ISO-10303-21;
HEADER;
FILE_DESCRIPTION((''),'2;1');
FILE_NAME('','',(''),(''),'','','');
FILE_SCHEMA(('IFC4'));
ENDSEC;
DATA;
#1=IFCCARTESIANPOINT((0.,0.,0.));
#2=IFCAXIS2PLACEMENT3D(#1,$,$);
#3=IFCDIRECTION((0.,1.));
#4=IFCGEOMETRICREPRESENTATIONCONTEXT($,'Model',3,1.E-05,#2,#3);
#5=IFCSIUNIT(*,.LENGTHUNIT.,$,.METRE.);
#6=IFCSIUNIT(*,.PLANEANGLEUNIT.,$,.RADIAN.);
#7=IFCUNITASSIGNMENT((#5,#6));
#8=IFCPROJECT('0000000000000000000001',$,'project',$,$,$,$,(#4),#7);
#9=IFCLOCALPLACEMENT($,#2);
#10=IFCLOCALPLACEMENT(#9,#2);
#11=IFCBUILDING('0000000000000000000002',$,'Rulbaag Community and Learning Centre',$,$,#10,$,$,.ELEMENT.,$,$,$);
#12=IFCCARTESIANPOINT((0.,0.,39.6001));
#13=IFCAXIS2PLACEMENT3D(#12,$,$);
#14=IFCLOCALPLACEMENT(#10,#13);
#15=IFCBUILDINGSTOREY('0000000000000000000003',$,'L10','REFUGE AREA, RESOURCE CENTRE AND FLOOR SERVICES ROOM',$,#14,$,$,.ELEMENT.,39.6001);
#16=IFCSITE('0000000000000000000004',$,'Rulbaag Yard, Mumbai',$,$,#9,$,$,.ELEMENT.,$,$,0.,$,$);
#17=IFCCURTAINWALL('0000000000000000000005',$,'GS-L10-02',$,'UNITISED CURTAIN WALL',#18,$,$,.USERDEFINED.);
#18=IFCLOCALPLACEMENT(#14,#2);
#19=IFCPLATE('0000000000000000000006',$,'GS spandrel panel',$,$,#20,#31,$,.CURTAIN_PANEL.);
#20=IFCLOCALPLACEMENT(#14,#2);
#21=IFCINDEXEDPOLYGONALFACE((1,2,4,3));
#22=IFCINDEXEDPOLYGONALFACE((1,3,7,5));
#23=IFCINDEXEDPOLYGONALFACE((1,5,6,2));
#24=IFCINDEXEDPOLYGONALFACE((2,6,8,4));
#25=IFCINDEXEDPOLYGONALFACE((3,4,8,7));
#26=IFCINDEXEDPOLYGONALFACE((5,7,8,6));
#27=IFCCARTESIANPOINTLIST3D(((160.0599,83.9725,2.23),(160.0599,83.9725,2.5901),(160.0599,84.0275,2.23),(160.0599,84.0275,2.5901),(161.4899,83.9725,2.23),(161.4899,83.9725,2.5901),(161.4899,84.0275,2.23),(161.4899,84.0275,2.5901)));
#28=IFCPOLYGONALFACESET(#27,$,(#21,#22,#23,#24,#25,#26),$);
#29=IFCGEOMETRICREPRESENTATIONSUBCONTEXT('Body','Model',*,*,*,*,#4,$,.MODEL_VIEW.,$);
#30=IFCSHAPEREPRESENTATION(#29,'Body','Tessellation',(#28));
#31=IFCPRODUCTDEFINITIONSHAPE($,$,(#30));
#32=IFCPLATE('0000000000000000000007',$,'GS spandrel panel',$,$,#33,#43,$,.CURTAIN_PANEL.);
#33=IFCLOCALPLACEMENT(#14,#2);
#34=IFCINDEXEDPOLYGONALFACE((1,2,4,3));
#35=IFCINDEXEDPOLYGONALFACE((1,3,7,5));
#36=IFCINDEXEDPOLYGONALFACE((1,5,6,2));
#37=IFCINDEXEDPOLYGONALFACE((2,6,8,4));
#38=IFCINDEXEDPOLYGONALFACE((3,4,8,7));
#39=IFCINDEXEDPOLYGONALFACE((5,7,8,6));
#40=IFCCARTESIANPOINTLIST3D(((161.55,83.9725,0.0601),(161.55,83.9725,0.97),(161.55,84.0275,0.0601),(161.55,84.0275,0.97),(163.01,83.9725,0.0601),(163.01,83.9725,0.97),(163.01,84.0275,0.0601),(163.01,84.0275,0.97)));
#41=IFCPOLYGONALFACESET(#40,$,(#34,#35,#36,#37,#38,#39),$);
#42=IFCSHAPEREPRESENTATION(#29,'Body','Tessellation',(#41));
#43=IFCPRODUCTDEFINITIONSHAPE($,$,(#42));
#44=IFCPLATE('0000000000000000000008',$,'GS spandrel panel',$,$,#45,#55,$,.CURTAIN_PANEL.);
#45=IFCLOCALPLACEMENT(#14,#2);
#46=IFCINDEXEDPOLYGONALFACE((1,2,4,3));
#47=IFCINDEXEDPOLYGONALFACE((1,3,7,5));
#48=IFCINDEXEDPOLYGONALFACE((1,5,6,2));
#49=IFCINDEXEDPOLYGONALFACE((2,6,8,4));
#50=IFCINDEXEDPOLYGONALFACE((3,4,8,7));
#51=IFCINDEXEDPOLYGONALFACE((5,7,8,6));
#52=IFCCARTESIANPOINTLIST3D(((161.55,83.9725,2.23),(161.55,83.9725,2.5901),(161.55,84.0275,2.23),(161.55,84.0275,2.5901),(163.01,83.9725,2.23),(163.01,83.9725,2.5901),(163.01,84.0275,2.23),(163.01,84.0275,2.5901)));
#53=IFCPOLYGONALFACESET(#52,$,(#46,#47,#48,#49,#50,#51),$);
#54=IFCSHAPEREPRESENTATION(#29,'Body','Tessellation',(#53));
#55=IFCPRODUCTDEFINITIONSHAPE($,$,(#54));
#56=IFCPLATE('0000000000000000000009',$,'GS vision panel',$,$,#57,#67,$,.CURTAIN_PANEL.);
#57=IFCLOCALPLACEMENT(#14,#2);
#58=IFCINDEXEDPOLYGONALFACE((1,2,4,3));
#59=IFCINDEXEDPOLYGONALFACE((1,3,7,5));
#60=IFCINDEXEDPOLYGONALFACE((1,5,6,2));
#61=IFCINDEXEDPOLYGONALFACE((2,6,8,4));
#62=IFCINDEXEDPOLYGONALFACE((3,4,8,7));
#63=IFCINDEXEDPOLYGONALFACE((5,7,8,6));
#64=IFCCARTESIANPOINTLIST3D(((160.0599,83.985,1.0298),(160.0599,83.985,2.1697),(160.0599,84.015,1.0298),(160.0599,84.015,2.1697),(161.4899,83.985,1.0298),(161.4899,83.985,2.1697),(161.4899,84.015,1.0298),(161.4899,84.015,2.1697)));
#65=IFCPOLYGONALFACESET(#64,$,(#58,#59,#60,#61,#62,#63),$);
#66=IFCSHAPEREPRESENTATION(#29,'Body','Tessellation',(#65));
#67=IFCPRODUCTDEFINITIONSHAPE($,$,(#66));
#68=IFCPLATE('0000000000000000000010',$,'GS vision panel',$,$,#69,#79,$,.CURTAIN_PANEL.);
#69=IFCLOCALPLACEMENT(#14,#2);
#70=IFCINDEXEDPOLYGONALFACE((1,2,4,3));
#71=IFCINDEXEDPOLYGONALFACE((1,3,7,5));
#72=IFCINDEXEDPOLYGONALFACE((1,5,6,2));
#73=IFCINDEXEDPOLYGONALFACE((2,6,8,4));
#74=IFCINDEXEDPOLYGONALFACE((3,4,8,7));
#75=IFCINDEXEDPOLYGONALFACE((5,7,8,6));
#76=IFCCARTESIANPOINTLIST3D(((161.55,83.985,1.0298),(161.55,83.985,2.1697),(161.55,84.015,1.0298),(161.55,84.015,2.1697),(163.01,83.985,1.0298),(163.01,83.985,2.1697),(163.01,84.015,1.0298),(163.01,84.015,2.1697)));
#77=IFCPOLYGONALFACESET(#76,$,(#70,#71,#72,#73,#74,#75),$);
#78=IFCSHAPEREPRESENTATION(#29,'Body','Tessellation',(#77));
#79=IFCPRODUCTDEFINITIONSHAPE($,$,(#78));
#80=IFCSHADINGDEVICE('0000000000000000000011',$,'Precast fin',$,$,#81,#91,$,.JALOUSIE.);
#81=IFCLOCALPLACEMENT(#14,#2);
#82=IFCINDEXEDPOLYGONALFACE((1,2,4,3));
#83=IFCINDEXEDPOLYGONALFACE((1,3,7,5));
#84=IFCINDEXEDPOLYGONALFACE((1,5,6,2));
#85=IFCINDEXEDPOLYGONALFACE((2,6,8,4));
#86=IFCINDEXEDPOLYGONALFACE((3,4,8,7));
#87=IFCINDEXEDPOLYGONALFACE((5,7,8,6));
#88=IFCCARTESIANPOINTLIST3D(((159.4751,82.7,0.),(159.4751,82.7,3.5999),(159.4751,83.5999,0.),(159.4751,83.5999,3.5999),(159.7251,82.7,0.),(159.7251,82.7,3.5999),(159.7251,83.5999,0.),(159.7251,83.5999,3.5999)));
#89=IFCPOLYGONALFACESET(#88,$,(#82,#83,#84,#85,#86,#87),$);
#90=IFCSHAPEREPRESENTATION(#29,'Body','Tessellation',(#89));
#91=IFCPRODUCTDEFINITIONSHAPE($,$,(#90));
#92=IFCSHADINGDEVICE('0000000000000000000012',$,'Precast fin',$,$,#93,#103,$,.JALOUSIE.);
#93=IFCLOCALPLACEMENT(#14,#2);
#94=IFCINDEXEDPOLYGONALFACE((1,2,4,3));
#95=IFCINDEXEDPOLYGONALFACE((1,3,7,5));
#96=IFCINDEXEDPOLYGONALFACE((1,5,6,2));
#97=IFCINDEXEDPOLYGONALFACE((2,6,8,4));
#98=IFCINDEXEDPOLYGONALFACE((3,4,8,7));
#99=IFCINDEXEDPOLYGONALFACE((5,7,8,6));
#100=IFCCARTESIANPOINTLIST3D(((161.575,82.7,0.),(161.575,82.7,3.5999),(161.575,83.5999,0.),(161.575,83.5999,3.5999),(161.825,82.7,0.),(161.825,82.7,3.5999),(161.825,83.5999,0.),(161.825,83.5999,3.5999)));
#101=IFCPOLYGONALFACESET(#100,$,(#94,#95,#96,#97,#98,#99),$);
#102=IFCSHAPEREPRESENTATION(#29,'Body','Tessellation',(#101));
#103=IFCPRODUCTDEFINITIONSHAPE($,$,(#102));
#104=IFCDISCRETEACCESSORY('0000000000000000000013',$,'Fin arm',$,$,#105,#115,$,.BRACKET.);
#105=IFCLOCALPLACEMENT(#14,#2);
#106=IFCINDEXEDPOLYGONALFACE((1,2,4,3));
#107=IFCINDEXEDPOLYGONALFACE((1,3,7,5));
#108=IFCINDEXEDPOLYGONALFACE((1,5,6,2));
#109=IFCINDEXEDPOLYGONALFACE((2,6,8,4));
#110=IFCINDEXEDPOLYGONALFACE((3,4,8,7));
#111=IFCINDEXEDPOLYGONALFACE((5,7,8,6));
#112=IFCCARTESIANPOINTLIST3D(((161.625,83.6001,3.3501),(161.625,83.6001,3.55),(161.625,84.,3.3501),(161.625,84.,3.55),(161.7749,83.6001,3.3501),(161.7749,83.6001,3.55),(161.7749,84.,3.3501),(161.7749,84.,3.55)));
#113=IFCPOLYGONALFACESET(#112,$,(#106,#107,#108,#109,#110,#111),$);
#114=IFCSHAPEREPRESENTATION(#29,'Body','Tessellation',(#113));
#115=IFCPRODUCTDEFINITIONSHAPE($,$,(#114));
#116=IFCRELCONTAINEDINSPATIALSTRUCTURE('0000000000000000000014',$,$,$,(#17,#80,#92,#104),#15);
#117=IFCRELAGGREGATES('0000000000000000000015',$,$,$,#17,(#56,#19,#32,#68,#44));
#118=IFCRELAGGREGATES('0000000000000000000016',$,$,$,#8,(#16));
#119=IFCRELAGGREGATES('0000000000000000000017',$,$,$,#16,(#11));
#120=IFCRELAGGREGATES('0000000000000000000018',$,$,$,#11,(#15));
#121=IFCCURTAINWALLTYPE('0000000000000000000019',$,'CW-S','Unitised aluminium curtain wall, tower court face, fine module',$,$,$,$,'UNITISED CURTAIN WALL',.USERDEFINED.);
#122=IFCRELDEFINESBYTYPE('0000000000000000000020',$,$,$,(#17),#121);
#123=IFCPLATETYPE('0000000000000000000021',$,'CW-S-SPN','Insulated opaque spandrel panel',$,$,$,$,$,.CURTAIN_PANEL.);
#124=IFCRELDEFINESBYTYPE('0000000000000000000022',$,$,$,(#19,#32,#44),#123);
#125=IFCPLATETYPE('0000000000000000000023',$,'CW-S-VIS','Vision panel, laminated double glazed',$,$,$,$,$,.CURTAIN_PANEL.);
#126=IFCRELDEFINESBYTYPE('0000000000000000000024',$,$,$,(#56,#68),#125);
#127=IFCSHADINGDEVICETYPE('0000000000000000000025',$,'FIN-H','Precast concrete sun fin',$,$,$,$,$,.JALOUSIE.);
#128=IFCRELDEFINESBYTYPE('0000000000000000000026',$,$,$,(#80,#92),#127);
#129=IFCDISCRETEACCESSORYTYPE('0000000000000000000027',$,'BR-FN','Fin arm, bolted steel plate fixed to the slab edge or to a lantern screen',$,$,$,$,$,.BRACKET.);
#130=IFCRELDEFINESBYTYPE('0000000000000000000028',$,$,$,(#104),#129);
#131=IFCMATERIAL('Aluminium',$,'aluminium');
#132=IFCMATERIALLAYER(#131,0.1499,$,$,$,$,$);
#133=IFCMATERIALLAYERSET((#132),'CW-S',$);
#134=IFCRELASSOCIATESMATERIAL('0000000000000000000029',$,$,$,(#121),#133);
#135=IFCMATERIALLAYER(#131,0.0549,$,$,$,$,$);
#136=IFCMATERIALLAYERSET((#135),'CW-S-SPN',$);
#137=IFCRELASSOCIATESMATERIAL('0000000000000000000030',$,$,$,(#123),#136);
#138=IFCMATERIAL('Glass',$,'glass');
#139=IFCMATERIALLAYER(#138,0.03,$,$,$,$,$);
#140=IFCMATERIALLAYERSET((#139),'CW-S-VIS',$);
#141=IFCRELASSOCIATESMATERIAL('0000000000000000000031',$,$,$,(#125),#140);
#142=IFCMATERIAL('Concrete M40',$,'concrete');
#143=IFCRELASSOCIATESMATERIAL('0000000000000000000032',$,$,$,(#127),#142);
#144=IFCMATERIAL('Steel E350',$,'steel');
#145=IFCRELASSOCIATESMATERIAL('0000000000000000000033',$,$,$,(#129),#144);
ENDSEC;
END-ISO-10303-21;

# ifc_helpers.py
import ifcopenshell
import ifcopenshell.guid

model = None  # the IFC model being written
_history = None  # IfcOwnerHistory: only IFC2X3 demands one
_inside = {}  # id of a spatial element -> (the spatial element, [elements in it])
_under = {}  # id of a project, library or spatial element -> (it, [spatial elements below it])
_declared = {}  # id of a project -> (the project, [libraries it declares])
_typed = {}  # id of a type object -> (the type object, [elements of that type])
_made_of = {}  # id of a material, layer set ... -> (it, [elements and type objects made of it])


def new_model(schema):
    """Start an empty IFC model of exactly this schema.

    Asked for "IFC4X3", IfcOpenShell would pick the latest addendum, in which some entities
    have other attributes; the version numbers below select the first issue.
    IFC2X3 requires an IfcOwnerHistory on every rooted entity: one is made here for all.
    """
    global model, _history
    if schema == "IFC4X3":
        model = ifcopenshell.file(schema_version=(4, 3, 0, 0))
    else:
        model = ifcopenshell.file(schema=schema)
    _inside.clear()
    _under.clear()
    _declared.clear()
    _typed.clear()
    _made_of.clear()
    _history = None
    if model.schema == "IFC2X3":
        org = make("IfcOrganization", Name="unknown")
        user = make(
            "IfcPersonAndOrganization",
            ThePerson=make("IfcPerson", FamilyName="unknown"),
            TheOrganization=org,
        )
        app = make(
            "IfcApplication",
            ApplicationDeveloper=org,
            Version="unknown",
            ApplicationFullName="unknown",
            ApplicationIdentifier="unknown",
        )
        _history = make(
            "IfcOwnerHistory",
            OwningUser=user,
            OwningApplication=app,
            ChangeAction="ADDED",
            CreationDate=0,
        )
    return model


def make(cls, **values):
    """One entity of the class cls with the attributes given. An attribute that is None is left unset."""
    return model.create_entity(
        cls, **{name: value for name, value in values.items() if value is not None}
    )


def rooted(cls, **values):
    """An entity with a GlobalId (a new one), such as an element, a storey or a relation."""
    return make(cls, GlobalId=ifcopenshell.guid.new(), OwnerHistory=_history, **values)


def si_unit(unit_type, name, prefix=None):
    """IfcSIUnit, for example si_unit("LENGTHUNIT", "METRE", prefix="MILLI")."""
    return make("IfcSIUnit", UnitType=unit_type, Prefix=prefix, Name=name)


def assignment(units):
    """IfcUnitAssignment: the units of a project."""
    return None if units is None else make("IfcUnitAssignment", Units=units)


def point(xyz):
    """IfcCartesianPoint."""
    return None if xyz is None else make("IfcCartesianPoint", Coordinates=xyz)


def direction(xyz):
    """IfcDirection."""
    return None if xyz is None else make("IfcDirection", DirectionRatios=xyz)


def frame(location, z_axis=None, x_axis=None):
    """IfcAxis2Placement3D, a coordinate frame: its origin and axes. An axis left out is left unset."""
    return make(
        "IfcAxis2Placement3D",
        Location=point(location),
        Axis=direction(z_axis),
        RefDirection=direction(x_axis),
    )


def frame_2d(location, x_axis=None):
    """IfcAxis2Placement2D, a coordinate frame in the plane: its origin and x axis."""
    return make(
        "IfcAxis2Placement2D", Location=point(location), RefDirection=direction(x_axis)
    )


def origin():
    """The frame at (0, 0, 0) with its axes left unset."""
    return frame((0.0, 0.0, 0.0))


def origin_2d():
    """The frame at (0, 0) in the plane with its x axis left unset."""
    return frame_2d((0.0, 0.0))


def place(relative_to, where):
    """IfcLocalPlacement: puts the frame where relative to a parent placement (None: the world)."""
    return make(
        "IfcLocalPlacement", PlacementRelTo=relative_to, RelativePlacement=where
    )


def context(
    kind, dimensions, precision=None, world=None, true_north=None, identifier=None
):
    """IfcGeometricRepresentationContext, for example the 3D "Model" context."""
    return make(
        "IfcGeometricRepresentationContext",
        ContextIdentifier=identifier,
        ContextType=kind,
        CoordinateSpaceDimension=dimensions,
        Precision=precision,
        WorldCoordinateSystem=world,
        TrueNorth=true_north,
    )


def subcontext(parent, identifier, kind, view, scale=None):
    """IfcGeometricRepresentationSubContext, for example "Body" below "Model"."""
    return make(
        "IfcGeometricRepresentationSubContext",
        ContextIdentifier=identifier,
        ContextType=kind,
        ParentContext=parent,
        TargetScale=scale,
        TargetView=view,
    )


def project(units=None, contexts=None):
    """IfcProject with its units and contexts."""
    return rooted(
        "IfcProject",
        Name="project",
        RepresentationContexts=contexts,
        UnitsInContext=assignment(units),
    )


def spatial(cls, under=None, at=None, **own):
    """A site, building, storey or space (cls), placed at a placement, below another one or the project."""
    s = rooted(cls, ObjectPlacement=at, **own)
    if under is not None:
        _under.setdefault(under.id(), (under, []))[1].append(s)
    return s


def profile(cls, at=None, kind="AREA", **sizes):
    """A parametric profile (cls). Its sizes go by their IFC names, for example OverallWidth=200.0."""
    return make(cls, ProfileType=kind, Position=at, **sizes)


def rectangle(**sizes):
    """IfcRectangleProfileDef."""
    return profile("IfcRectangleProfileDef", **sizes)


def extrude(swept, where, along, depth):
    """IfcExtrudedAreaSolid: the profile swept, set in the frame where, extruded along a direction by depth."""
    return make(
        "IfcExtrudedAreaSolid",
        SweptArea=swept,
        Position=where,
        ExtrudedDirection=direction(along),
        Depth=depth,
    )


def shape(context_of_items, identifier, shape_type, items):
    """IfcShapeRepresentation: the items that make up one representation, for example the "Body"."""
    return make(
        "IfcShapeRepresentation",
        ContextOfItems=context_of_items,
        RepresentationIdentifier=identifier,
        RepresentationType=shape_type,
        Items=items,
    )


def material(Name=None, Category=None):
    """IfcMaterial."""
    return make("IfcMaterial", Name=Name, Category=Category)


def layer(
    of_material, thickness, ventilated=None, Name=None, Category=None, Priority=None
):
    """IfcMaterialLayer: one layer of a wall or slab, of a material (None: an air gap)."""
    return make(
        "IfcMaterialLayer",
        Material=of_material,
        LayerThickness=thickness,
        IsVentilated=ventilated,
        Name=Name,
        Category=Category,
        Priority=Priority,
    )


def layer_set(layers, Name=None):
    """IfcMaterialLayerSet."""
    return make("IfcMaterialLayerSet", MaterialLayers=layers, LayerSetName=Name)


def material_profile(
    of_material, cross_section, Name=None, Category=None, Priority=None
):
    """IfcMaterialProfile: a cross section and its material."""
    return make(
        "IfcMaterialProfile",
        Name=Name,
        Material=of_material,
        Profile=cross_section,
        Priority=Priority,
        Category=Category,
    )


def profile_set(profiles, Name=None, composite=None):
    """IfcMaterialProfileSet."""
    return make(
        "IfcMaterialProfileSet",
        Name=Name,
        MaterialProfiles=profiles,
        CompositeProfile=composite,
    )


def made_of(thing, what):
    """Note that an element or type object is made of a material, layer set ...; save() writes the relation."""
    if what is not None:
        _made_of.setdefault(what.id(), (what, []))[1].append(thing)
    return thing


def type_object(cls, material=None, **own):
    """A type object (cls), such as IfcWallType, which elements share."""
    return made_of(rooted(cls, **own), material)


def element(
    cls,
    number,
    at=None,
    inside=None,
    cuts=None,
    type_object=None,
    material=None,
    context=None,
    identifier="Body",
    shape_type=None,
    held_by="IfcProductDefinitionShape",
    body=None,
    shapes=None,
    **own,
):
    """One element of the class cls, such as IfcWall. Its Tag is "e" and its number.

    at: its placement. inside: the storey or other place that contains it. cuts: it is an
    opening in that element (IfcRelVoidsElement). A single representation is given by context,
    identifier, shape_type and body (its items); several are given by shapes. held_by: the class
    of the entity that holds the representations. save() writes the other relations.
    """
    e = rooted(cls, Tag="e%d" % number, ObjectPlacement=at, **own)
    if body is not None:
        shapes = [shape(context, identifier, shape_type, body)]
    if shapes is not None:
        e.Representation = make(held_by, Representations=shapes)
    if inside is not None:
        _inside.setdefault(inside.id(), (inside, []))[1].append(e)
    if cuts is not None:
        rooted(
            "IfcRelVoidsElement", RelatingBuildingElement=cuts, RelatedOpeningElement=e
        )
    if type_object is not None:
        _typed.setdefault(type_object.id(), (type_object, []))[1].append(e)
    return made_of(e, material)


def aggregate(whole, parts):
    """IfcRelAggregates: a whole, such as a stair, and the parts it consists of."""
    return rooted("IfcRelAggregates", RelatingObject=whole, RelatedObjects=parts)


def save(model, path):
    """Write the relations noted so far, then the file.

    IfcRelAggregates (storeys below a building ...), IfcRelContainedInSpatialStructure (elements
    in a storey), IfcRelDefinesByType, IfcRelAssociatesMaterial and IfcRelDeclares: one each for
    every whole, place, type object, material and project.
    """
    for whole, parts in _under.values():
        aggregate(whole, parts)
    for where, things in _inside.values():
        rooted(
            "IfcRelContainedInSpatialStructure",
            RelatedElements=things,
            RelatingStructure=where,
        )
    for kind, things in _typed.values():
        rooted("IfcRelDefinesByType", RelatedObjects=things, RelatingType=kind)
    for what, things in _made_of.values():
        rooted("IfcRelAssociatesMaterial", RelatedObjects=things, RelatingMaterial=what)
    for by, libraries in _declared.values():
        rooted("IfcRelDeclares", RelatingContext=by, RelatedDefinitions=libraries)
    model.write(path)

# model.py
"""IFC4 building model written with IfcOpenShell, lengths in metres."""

from ifc_helpers import new_model, si_unit, direction, frame, origin, origin_2d, place, context, subcontext, project, spatial, rectangle, extrude, material, layer, layer_set, material_profile, profile_set, type_object, element, aggregate, save


model = new_model("IFC4")

# Units and contexts
model_context = context("Model", 3, precision=1e-05, world=origin(), true_north=direction((0.0, 1.0)))
body_context = subcontext(model_context, "Body", "Model", "MODEL_VIEW")
ifc_project = project(units=[si_unit("LENGTHUNIT", "METRE"), si_unit("PLANEANGLEUNIT", "RADIAN")], contexts=[model_context])

# Site, building, storey
site_placement = place(None, origin())
site = spatial("IfcSite", under=ifc_project, at=site_placement, Name="Rulbaag Yard, Mumbai", CompositionType="ELEMENT", RefElevation=0.0)
building_placement = place(site_placement, origin())
building = spatial("IfcBuilding", under=site, at=building_placement, Name="Rulbaag Community and Learning Centre", CompositionType="ELEMENT")
storey_placement = place(building_placement, frame((0.0, 0.0, 39.6001)))
storey = spatial("IfcBuildingStorey", under=building, at=storey_placement, Name="L10", Description="REFUGE AREA, RESOURCE CENTRE AND FLOOR SERVICES ROOM", CompositionType="ELEMENT", Elevation=39.6001)

# Shared definitions
ifc_material_1 = material(Name="Concrete M40", Category="concrete")

# Curtain wall, plates
ifc_material_2 = material(Name="Aluminium", Category="aluminium")
ifc_layer_1 = layer(ifc_material_2, 0.1499)
ifc_layer_set_1 = layer_set([ifc_layer_1], Name="CW-S")
curtain_wall_type = type_object("IfcCurtainWallType", Name="CW-S", Description="Unitised aluminium curtain wall, tower court face, fine module", ElementType="UNITISED CURTAIN WALL", PredefinedType="USERDEFINED", material=ifc_layer_set_1)
curtain_wall_placement = place(storey_placement, origin())
curtain_wall = element("IfcCurtainWall", 1, at=curtain_wall_placement, inside=storey, type_object=curtain_wall_type, Name="GS-L10-02", ObjectType="UNITISED CURTAIN WALL", PredefinedType="USERDEFINED")
ifc_layer_2 = layer(ifc_material_2, 0.0549)
ifc_layer_set_2 = layer_set([ifc_layer_2], Name="CW-S-SPN")
plate_type_1 = type_object("IfcPlateType", Name="CW-S-SPN", Description="Insulated opaque spandrel panel", PredefinedType="CURTAIN_PANEL", material=ifc_layer_set_2)
plate_1_placement = place(storey_placement, frame((160.7749, 84.0, 2.23), z_axis=(0.0, 0.0, 1.0), x_axis=(1.0, 0.0, 0.0)))
plate_1 = element("IfcPlate", 2, at=plate_1_placement, type_object=plate_type_1, Name="GS spandrel panel", PredefinedType="CURTAIN_PANEL", context=body_context, shape_type="SweptSolid", body=[
    extrude(rectangle(XDim=1.4299, YDim=0.0549, at=origin_2d()), origin(), (0.0, 0.0, 1.0), 0.3601),
])
plate_2_placement = place(storey_placement, frame((162.28, 84.0, 0.0601), z_axis=(0.0, 0.0, 1.0), x_axis=(1.0, 0.0, 0.0)))
plate_2 = element("IfcPlate", 3, at=plate_2_placement, type_object=plate_type_1, Name="GS spandrel panel", PredefinedType="CURTAIN_PANEL", context=body_context, shape_type="SweptSolid", body=[
    extrude(rectangle(XDim=1.46, YDim=0.0549, at=origin_2d()), origin(), (0.0, 0.0, 1.0), 0.9099),
])
plate_3_placement = place(storey_placement, frame((162.28, 84.0, 2.23), z_axis=(0.0, 0.0, 1.0), x_axis=(1.0, 0.0, 0.0)))
plate_3 = element("IfcPlate", 4, at=plate_3_placement, type_object=plate_type_1, Name="GS spandrel panel", PredefinedType="CURTAIN_PANEL", context=body_context, shape_type="SweptSolid", body=[
    extrude(rectangle(XDim=1.46, YDim=0.0549, at=origin_2d()), origin(), (0.0, 0.0, 1.0), 0.3601),
])
ifc_material_3 = material(Name="Glass", Category="glass")
ifc_layer_3 = layer(ifc_material_3, 0.03)
ifc_layer_set_3 = layer_set([ifc_layer_3], Name="CW-S-VIS")
plate_type_2 = type_object("IfcPlateType", Name="CW-S-VIS", Description="Vision panel, laminated double glazed", PredefinedType="CURTAIN_PANEL", material=ifc_layer_set_3)
plate_4_placement = place(storey_placement, frame((160.7749, 84.0, 1.0298), z_axis=(0.0, 0.0, 1.0), x_axis=(1.0, 0.0, 0.0)))
plate_4 = element("IfcPlate", 5, at=plate_4_placement, type_object=plate_type_2, Name="GS vision panel", PredefinedType="CURTAIN_PANEL", context=body_context, shape_type="SweptSolid", body=[
    extrude(rectangle(XDim=1.4299, YDim=0.03, at=origin_2d()), origin(), (0.0, 0.0, 1.0), 1.1399),
])
plate_5_placement = place(storey_placement, frame((162.28, 84.0, 1.0298), z_axis=(0.0, 0.0, 1.0), x_axis=(1.0, 0.0, 0.0)))
plate_5 = element("IfcPlate", 6, at=plate_5_placement, type_object=plate_type_2, Name="GS vision panel", PredefinedType="CURTAIN_PANEL", context=body_context, shape_type="SweptSolid", body=[
    extrude(rectangle(XDim=1.46, YDim=0.03, at=origin_2d()), origin(), (0.0, 0.0, 1.0), 1.1399),
])
aggregate(curtain_wall, [plate_4, plate_1, plate_2, plate_5, plate_3])

# Shading devices
ifc_material_profile_1 = material_profile(ifc_material_1, rectangle(XDim=0.25, YDim=0.8999, at=origin_2d()), Name="PC 250x900")
ifc_profile_set_1 = profile_set([ifc_material_profile_1], Name="Concrete M40")
shading_device_type_1 = type_object("IfcShadingDeviceType", Name="FIN-H", Description="Precast concrete sun fin", PredefinedType="JALOUSIE", material=ifc_profile_set_1)
for number, where, z_axis, x_axis, name in (
    (7, (159.6001, 83.1499, 0.0), (0.0, 0.0, 1.0), (1.0, 0.0, 0.0), "Precast fin"),
    (8, (161.7, 83.1499, 0.0), (0.0, 0.0, 1.0), (1.0, 0.0, 0.0), "Precast fin"),
):
    element("IfcShadingDevice", number, at=place(storey_placement, frame(where, z_axis=z_axis, x_axis=x_axis)), inside=storey, type_object=shading_device_type_1, Name=name, PredefinedType="JALOUSIE", context=body_context, shape_type="SweptSolid", body=[
        extrude(rectangle(XDim=0.25, YDim=0.8999, at=origin_2d()), origin(), (0.0, 0.0, 1.0), 3.5999),
    ])

# Discrete accessory
ifc_material_4 = material(Name="Steel E350", Category="steel")
discrete_accessory_type = type_object("IfcDiscreteAccessoryType", Name="BR-FN", Description="Fin arm, bolted steel plate fixed to the slab edge or to a lantern screen", PredefinedType="BRACKET", material=ifc_material_4)
discrete_accessory_placement = place(storey_placement, frame((161.7, 83.8, 3.3501), z_axis=(0.0, 0.0, 1.0), x_axis=(1.0, 0.0, 0.0)))
element("IfcDiscreteAccessory", 9, at=discrete_accessory_placement, inside=storey, type_object=discrete_accessory_type, Name="Fin arm", PredefinedType="BRACKET", context=body_context, shape_type="SweptSolid", body=[
    extrude(rectangle(XDim=0.1499, YDim=0.3999, at=origin_2d()), origin(), (0.0, 0.0, 1.0), 0.2),
])

save(model, "model.ifc")
